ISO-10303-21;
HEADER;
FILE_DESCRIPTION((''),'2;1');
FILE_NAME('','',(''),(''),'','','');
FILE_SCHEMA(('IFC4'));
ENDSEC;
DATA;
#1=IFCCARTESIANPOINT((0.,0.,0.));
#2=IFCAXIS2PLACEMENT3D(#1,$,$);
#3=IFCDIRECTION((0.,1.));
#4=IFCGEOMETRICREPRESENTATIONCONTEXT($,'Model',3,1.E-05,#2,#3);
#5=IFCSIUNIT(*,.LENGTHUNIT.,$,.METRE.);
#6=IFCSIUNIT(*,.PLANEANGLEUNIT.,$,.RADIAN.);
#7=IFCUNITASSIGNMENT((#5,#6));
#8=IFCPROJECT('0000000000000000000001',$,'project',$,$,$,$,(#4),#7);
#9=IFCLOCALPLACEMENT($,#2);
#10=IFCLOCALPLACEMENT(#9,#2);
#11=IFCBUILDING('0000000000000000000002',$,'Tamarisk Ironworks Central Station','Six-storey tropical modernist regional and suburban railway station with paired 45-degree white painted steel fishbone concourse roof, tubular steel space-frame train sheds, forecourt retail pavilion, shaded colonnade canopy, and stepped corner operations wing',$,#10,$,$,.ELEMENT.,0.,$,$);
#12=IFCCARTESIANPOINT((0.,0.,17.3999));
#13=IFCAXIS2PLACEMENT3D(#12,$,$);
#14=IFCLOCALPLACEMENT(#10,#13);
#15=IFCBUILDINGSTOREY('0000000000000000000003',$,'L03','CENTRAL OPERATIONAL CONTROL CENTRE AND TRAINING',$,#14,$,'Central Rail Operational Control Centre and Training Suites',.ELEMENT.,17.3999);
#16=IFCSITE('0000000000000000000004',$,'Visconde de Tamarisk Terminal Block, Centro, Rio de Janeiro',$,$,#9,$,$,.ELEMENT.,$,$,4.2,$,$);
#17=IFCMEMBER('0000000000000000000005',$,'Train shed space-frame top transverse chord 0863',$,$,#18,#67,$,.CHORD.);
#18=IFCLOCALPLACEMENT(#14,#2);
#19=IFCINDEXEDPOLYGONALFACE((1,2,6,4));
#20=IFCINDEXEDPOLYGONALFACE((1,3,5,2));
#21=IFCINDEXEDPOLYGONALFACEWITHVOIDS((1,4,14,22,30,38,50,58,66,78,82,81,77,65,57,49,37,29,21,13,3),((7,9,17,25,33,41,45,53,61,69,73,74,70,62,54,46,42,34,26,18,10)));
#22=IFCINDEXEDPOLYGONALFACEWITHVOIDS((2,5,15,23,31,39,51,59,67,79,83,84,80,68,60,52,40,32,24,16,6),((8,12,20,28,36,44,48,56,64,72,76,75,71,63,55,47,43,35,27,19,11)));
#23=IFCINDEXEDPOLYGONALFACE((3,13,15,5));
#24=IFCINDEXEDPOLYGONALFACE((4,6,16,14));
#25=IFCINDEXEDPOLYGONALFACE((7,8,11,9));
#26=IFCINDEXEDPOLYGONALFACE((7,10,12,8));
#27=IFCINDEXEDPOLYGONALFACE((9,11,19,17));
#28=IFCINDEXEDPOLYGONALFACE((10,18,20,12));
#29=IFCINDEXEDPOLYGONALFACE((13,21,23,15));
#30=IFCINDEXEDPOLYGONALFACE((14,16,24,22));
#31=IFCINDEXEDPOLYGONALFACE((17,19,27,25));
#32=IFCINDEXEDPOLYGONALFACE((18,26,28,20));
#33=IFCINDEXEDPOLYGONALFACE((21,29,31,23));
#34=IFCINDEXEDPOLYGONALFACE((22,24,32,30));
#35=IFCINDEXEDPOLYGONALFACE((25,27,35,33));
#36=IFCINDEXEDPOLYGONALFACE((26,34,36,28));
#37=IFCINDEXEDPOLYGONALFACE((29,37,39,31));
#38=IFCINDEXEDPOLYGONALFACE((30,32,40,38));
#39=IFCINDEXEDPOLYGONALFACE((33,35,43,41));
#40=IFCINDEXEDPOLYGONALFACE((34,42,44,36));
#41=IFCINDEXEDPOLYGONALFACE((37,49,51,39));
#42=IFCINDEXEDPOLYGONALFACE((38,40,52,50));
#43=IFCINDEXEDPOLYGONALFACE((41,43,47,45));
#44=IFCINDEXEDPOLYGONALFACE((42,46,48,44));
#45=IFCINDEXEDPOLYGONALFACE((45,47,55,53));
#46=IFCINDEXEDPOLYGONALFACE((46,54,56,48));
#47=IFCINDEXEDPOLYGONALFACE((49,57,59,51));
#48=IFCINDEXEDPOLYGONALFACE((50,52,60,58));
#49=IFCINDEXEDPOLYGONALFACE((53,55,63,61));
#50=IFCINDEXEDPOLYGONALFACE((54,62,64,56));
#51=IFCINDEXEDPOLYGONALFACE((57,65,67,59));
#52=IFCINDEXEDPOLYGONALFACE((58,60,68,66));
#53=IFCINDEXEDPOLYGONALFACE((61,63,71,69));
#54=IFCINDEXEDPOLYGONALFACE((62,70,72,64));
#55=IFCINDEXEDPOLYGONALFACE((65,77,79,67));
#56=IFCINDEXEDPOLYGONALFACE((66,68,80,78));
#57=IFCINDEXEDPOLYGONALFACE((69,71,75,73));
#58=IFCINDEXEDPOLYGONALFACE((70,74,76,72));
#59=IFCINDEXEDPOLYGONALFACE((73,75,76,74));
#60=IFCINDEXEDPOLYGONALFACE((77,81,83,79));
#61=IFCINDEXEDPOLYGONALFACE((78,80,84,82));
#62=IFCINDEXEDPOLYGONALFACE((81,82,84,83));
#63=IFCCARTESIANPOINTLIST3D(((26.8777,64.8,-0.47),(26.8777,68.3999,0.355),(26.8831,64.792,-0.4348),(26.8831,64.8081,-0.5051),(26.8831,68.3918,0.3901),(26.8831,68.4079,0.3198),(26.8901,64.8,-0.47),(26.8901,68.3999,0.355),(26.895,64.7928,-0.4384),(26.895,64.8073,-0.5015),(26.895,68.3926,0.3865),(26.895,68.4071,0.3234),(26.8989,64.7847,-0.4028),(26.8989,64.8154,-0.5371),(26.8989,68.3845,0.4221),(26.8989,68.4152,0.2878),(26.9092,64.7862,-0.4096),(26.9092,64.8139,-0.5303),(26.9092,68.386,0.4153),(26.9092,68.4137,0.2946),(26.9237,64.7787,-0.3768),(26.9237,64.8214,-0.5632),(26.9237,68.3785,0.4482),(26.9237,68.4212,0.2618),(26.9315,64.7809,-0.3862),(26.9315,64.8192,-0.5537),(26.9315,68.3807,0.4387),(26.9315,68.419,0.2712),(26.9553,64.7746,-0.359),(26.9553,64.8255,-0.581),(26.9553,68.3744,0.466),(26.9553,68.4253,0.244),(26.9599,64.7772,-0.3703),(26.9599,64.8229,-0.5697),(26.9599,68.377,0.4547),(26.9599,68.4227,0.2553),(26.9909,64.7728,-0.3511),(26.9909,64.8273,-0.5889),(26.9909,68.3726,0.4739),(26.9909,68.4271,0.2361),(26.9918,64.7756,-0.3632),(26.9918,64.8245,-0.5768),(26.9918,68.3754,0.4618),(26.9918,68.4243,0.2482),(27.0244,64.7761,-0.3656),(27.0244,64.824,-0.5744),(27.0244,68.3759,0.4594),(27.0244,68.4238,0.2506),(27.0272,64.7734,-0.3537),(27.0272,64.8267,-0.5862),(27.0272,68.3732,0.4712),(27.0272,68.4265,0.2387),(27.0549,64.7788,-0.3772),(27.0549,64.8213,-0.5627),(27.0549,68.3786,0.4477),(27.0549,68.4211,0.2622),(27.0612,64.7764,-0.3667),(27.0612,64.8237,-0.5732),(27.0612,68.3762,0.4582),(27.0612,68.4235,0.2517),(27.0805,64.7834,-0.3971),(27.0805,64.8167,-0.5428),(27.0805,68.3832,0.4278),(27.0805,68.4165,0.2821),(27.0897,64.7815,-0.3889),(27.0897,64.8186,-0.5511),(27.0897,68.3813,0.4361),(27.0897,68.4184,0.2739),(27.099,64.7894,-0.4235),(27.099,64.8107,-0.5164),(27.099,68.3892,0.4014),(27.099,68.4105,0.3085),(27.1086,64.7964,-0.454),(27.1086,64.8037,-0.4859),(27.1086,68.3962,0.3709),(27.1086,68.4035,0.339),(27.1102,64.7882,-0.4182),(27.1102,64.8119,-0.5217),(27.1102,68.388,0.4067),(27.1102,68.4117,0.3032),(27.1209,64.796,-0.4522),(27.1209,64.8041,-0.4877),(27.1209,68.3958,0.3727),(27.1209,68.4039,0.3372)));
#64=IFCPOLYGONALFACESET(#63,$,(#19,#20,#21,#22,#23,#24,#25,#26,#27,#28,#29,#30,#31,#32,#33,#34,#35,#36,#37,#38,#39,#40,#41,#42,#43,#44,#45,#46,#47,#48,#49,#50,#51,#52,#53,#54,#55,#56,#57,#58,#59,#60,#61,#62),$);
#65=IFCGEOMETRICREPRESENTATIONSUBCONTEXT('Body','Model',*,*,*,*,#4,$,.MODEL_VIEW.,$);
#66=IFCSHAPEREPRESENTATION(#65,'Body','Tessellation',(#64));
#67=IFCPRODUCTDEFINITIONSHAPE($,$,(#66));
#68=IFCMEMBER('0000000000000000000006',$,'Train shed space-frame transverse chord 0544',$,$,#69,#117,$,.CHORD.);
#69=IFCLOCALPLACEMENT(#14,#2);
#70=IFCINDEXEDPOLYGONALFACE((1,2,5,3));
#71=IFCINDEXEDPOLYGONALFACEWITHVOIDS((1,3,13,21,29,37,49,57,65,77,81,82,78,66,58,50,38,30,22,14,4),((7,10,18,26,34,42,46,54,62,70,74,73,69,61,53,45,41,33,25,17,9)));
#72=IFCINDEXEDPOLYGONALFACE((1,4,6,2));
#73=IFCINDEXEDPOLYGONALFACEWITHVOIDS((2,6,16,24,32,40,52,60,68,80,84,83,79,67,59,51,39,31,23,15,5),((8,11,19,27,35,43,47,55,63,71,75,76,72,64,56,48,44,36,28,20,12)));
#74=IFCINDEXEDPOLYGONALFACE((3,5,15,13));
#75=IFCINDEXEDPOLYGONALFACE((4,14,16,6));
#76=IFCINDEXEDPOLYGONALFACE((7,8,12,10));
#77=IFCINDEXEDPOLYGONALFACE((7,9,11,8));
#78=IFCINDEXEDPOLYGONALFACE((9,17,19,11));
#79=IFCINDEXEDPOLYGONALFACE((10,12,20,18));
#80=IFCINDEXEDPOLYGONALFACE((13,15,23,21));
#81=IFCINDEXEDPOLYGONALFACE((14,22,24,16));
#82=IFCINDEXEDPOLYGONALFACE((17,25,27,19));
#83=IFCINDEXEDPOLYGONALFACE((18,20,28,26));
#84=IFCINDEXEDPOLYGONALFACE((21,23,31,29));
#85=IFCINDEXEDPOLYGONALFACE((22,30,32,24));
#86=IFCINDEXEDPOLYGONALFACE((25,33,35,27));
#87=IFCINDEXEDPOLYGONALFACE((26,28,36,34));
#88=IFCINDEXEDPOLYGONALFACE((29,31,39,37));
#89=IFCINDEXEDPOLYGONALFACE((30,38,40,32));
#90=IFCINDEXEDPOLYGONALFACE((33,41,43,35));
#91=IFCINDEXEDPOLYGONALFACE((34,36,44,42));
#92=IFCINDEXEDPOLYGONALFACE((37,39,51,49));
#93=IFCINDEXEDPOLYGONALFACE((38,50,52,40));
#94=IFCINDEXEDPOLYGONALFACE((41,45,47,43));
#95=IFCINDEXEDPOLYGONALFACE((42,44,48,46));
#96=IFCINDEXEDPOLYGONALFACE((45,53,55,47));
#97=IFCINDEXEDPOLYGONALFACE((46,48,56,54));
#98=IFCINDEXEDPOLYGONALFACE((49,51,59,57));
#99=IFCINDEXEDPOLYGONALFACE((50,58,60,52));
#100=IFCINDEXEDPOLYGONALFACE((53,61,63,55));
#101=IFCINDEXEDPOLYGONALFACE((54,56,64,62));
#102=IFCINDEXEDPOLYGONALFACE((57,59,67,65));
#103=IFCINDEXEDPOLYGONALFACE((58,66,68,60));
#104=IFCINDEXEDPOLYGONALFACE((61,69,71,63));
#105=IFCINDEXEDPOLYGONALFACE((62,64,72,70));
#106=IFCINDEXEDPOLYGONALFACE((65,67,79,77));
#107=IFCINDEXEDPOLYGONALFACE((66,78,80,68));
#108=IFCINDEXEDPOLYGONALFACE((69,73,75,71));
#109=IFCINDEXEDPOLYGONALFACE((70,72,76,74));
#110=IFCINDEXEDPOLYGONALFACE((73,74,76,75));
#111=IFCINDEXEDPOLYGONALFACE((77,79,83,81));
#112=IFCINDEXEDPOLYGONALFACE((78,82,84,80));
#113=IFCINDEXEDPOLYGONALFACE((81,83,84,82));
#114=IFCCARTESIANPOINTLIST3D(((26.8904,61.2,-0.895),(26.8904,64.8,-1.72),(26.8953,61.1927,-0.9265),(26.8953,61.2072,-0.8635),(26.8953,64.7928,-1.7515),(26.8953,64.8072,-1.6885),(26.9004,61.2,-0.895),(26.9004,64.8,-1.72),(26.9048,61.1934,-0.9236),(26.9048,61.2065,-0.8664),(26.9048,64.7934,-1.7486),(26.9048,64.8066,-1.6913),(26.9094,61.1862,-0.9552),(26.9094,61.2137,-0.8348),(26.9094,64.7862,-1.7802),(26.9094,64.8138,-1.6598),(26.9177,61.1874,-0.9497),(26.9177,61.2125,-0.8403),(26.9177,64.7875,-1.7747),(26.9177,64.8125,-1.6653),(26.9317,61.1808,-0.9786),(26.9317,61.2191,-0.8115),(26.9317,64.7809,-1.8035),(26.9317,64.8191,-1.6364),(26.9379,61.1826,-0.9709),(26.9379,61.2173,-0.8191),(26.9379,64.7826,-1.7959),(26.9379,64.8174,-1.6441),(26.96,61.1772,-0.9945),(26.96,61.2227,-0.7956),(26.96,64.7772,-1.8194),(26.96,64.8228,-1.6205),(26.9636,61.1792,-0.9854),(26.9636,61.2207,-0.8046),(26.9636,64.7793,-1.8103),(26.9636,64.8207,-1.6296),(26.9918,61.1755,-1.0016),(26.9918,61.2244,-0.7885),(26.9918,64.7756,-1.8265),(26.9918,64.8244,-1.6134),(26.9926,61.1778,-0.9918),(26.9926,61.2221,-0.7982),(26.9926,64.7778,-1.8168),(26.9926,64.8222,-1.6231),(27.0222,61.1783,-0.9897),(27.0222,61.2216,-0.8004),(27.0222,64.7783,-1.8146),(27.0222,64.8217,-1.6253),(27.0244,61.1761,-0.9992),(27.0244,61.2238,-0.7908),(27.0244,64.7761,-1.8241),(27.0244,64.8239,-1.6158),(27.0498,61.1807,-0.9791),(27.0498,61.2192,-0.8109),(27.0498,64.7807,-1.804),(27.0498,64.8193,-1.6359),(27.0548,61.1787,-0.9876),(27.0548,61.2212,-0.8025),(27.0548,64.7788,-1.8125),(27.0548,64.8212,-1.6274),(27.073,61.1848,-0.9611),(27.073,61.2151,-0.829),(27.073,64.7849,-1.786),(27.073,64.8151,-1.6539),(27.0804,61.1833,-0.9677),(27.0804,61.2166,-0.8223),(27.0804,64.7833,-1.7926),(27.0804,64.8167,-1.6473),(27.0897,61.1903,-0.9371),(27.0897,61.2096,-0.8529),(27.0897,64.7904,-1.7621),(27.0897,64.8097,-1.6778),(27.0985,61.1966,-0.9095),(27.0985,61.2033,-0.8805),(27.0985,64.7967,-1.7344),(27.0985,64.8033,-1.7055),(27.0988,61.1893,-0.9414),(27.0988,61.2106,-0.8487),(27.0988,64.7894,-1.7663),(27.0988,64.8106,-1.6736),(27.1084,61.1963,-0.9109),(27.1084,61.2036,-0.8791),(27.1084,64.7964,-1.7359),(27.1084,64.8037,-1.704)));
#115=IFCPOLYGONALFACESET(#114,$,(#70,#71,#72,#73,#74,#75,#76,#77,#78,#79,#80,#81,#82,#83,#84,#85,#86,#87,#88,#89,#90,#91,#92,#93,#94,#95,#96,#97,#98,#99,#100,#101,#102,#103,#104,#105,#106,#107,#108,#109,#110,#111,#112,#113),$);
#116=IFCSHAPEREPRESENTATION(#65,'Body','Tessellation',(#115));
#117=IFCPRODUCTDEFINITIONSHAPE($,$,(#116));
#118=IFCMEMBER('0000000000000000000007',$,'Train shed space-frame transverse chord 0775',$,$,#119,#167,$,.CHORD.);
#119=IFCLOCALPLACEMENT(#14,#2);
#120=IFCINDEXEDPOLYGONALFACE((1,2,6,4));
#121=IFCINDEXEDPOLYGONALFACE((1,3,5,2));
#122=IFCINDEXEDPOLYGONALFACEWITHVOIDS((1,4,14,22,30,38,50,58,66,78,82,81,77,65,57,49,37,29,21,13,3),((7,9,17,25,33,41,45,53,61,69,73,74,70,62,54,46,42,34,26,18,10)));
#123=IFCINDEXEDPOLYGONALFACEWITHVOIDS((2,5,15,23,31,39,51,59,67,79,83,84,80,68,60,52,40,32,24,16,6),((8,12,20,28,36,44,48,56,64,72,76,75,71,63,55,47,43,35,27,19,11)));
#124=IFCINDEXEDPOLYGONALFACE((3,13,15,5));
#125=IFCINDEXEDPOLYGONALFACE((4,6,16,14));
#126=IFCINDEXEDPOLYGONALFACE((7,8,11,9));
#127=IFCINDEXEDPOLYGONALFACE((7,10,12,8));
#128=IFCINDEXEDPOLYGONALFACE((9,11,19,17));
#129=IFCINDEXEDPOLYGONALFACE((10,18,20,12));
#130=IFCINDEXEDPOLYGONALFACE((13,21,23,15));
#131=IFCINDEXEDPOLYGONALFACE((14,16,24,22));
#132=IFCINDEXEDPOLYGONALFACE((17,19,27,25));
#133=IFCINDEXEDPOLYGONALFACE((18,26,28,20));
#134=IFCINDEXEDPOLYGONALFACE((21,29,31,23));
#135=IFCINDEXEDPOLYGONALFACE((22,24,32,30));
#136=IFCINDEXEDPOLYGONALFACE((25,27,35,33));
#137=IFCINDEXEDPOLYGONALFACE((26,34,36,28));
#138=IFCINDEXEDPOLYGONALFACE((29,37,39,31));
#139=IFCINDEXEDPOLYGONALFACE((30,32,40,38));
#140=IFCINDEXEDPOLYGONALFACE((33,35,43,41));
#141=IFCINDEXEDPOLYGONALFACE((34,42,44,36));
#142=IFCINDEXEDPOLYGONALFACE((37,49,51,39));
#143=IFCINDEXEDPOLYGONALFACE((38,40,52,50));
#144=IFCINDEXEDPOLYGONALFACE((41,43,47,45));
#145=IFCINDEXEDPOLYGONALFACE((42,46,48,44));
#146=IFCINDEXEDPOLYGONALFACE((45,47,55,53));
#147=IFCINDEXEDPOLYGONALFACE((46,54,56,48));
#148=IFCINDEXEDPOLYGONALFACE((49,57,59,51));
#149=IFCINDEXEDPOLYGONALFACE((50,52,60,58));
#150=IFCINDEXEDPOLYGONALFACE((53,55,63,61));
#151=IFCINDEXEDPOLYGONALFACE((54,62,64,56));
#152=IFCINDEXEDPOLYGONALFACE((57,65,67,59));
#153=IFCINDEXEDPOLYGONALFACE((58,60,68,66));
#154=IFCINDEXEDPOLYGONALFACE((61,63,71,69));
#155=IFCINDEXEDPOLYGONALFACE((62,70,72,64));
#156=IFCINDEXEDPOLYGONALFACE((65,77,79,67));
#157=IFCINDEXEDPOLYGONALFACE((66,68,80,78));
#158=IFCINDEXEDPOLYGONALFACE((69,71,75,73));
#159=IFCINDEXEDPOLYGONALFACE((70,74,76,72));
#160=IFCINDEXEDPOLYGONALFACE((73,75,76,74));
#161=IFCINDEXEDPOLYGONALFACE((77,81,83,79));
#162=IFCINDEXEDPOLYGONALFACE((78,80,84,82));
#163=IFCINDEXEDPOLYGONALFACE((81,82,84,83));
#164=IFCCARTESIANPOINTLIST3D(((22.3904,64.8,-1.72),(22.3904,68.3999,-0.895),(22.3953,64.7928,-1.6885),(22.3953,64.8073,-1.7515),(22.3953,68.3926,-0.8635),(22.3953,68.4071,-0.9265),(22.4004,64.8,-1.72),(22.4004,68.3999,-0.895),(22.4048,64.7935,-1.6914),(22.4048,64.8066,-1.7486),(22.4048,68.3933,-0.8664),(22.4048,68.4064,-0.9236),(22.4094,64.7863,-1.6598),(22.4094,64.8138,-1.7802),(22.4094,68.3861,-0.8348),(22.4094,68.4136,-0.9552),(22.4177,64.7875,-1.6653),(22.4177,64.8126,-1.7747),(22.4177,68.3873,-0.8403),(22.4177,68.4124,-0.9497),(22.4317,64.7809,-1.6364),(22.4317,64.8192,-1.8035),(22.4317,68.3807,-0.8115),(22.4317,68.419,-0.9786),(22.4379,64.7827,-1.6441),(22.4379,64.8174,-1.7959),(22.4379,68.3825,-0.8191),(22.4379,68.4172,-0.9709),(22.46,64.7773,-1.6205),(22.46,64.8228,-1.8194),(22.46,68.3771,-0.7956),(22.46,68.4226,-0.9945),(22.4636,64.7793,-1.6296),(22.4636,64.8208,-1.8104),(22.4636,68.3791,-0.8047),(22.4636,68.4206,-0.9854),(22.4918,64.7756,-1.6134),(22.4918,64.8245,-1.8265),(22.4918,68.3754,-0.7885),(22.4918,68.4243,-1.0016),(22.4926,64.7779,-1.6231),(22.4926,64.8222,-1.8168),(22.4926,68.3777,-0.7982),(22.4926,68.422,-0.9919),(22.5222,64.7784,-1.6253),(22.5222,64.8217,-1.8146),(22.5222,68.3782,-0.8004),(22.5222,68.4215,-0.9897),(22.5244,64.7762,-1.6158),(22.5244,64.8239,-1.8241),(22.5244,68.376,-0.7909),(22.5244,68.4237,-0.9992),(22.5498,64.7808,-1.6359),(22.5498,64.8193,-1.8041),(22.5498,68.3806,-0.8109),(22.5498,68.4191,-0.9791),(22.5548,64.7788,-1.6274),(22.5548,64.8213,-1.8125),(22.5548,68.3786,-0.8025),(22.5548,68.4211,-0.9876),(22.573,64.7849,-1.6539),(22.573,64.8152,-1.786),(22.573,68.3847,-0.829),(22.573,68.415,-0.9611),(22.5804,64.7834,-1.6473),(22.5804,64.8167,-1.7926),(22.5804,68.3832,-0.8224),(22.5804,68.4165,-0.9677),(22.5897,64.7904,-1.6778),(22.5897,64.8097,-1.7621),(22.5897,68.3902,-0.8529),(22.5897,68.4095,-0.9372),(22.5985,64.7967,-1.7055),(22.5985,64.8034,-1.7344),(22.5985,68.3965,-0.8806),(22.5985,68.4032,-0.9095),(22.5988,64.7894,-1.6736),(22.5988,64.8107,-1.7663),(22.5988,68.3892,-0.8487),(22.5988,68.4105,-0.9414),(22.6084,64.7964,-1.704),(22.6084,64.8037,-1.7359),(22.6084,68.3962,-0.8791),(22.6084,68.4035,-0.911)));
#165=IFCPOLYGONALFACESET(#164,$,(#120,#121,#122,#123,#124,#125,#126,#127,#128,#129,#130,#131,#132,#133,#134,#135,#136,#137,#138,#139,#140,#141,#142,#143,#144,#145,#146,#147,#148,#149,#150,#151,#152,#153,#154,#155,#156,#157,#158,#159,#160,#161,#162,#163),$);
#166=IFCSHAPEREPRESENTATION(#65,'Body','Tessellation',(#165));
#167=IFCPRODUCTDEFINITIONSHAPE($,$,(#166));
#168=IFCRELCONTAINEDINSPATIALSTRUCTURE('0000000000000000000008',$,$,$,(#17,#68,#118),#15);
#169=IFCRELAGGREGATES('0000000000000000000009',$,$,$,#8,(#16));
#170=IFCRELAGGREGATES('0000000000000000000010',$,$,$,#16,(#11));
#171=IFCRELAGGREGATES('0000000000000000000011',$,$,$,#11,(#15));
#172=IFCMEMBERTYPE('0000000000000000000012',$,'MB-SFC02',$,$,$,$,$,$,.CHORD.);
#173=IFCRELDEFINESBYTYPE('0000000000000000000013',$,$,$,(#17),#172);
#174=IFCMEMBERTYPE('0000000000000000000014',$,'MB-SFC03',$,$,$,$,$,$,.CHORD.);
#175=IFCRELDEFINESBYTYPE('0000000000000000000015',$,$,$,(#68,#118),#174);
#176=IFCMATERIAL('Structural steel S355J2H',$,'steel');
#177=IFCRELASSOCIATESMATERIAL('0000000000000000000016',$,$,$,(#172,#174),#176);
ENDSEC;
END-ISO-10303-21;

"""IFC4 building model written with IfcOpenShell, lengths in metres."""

from ifc_helpers import new_model, si_unit, direction, frame, origin, origin_2d, place, context, subcontext, project, spatial, hollow_circle, extrude, material, material_profile, profile_set, type_object, element, save


model = new_model("IFC4")

# Units and contexts
model_context = context("Model", 3, precision=1e-05, world=origin(), true_north=direction((0.0, 1.0)))
body_context = subcontext(model_context, "Body", "Model", "MODEL_VIEW")
ifc_project = project(units=[si_unit("LENGTHUNIT", "METRE"), si_unit("PLANEANGLEUNIT", "RADIAN")], contexts=[model_context])

# Site, building, storey
site_placement = place(None, origin())
site = spatial("IfcSite", under=ifc_project, at=site_placement, Name="Visconde de Tamarisk Terminal Block, Centro, Rio de Janeiro", CompositionType="ELEMENT", RefElevation=4.2)
building_placement = place(site_placement, origin())
building = spatial("IfcBuilding", under=site, at=building_placement, Name="Tamarisk Ironworks Central Station", Description="Six-storey tropical modernist regional and suburban railway station with paired 45-degree white painted steel fishbone concourse roof, tubular steel space-frame train sheds, forecourt retail pavilion, shaded colonnade canopy, and stepped corner operations wing", CompositionType="ELEMENT", ElevationOfRefHeight=0.0)
storey_placement = place(building_placement, frame((0.0, 0.0, 17.3999)))
storey = spatial("IfcBuildingStorey", under=building, at=storey_placement, Name="L03", Description="CENTRAL OPERATIONAL CONTROL CENTRE AND TRAINING", LongName="Central Rail Operational Control Centre and Training Suites", CompositionType="ELEMENT", Elevation=17.3999)

# Members
ifc_material_1 = material(Name="Structural steel S355J2H", Category="steel")
ifc_material_profile_1 = material_profile(ifc_material_1, hollow_circle(Radius=0.1223, WallThickness=0.0125, at=origin_2d()), Name="CHS 244.5x12.5")
ifc_profile_set_1 = profile_set([ifc_material_profile_1], Name="Structural steel S355J2H")
member_type_1 = type_object("IfcMemberType", Name="MB-SFC02", PredefinedType="CHORD", material=ifc_profile_set_1)
for number, where, z_axis, x_axis, name in (
    (1, (27.0, 64.8, -0.47), (0.0, 0.974733, 0.223372), (-1.0, 0.0, 0.0), "Train shed space-frame top transverse chord 0863"),
):
    element("IfcMember", number, at=place(storey_placement, frame(where, z_axis=z_axis, x_axis=x_axis)), inside=storey, type_object=member_type_1, Name=name, PredefinedType="CHORD", context=body_context, shape_type="SweptSolid", body=[
        extrude(hollow_circle(Radius=0.1223, WallThickness=0.0125, at=origin_2d()), origin(), (0.0, 0.0, 1.0), 3.6931),
    ])
ifc_material_profile_2 = material_profile(ifc_material_1, hollow_circle(Radius=0.1096, WallThickness=0.01, at=origin_2d()), Name="CHS 219.1x10")
ifc_profile_set_2 = profile_set([ifc_material_profile_2], Name="Structural steel S355J2H")
member_type_2 = type_object("IfcMemberType", Name="MB-SFC03", PredefinedType="CHORD", material=ifc_profile_set_2)
member_1_placement = place(storey_placement, frame((27.0, 61.2, -0.895), z_axis=(0.0, 0.974737, -0.223358), x_axis=(-1.0, 0.0, 0.0)))
element("IfcMember", 2, at=member_1_placement, inside=storey, type_object=member_type_2, Name="Train shed space-frame transverse chord 0544", PredefinedType="CHORD", context=body_context, shape_type="SweptSolid", body=[
    extrude(hollow_circle(Radius=0.1096, WallThickness=0.01, at=origin_2d()), origin(), (0.0, 0.0, 1.0), 3.6934),
])
for number, where, z_axis, x_axis, name in (
    (3, (22.5, 64.8, -1.72), (0.0, 0.974733, 0.223372), (-1.0, 0.0, 0.0), "Train shed space-frame transverse chord 0775"),
):
    element("IfcMember", number, at=place(storey_placement, frame(where, z_axis=z_axis, x_axis=x_axis)), inside=storey, type_object=member_type_2, Name=name, PredefinedType="CHORD", context=body_context, shape_type="SweptSolid", body=[
        extrude(hollow_circle(Radius=0.1096, WallThickness=0.01, at=origin_2d()), origin(), (0.0, 0.0, 1.0), 3.6931),
    ])

save(model, "model.ifc")
